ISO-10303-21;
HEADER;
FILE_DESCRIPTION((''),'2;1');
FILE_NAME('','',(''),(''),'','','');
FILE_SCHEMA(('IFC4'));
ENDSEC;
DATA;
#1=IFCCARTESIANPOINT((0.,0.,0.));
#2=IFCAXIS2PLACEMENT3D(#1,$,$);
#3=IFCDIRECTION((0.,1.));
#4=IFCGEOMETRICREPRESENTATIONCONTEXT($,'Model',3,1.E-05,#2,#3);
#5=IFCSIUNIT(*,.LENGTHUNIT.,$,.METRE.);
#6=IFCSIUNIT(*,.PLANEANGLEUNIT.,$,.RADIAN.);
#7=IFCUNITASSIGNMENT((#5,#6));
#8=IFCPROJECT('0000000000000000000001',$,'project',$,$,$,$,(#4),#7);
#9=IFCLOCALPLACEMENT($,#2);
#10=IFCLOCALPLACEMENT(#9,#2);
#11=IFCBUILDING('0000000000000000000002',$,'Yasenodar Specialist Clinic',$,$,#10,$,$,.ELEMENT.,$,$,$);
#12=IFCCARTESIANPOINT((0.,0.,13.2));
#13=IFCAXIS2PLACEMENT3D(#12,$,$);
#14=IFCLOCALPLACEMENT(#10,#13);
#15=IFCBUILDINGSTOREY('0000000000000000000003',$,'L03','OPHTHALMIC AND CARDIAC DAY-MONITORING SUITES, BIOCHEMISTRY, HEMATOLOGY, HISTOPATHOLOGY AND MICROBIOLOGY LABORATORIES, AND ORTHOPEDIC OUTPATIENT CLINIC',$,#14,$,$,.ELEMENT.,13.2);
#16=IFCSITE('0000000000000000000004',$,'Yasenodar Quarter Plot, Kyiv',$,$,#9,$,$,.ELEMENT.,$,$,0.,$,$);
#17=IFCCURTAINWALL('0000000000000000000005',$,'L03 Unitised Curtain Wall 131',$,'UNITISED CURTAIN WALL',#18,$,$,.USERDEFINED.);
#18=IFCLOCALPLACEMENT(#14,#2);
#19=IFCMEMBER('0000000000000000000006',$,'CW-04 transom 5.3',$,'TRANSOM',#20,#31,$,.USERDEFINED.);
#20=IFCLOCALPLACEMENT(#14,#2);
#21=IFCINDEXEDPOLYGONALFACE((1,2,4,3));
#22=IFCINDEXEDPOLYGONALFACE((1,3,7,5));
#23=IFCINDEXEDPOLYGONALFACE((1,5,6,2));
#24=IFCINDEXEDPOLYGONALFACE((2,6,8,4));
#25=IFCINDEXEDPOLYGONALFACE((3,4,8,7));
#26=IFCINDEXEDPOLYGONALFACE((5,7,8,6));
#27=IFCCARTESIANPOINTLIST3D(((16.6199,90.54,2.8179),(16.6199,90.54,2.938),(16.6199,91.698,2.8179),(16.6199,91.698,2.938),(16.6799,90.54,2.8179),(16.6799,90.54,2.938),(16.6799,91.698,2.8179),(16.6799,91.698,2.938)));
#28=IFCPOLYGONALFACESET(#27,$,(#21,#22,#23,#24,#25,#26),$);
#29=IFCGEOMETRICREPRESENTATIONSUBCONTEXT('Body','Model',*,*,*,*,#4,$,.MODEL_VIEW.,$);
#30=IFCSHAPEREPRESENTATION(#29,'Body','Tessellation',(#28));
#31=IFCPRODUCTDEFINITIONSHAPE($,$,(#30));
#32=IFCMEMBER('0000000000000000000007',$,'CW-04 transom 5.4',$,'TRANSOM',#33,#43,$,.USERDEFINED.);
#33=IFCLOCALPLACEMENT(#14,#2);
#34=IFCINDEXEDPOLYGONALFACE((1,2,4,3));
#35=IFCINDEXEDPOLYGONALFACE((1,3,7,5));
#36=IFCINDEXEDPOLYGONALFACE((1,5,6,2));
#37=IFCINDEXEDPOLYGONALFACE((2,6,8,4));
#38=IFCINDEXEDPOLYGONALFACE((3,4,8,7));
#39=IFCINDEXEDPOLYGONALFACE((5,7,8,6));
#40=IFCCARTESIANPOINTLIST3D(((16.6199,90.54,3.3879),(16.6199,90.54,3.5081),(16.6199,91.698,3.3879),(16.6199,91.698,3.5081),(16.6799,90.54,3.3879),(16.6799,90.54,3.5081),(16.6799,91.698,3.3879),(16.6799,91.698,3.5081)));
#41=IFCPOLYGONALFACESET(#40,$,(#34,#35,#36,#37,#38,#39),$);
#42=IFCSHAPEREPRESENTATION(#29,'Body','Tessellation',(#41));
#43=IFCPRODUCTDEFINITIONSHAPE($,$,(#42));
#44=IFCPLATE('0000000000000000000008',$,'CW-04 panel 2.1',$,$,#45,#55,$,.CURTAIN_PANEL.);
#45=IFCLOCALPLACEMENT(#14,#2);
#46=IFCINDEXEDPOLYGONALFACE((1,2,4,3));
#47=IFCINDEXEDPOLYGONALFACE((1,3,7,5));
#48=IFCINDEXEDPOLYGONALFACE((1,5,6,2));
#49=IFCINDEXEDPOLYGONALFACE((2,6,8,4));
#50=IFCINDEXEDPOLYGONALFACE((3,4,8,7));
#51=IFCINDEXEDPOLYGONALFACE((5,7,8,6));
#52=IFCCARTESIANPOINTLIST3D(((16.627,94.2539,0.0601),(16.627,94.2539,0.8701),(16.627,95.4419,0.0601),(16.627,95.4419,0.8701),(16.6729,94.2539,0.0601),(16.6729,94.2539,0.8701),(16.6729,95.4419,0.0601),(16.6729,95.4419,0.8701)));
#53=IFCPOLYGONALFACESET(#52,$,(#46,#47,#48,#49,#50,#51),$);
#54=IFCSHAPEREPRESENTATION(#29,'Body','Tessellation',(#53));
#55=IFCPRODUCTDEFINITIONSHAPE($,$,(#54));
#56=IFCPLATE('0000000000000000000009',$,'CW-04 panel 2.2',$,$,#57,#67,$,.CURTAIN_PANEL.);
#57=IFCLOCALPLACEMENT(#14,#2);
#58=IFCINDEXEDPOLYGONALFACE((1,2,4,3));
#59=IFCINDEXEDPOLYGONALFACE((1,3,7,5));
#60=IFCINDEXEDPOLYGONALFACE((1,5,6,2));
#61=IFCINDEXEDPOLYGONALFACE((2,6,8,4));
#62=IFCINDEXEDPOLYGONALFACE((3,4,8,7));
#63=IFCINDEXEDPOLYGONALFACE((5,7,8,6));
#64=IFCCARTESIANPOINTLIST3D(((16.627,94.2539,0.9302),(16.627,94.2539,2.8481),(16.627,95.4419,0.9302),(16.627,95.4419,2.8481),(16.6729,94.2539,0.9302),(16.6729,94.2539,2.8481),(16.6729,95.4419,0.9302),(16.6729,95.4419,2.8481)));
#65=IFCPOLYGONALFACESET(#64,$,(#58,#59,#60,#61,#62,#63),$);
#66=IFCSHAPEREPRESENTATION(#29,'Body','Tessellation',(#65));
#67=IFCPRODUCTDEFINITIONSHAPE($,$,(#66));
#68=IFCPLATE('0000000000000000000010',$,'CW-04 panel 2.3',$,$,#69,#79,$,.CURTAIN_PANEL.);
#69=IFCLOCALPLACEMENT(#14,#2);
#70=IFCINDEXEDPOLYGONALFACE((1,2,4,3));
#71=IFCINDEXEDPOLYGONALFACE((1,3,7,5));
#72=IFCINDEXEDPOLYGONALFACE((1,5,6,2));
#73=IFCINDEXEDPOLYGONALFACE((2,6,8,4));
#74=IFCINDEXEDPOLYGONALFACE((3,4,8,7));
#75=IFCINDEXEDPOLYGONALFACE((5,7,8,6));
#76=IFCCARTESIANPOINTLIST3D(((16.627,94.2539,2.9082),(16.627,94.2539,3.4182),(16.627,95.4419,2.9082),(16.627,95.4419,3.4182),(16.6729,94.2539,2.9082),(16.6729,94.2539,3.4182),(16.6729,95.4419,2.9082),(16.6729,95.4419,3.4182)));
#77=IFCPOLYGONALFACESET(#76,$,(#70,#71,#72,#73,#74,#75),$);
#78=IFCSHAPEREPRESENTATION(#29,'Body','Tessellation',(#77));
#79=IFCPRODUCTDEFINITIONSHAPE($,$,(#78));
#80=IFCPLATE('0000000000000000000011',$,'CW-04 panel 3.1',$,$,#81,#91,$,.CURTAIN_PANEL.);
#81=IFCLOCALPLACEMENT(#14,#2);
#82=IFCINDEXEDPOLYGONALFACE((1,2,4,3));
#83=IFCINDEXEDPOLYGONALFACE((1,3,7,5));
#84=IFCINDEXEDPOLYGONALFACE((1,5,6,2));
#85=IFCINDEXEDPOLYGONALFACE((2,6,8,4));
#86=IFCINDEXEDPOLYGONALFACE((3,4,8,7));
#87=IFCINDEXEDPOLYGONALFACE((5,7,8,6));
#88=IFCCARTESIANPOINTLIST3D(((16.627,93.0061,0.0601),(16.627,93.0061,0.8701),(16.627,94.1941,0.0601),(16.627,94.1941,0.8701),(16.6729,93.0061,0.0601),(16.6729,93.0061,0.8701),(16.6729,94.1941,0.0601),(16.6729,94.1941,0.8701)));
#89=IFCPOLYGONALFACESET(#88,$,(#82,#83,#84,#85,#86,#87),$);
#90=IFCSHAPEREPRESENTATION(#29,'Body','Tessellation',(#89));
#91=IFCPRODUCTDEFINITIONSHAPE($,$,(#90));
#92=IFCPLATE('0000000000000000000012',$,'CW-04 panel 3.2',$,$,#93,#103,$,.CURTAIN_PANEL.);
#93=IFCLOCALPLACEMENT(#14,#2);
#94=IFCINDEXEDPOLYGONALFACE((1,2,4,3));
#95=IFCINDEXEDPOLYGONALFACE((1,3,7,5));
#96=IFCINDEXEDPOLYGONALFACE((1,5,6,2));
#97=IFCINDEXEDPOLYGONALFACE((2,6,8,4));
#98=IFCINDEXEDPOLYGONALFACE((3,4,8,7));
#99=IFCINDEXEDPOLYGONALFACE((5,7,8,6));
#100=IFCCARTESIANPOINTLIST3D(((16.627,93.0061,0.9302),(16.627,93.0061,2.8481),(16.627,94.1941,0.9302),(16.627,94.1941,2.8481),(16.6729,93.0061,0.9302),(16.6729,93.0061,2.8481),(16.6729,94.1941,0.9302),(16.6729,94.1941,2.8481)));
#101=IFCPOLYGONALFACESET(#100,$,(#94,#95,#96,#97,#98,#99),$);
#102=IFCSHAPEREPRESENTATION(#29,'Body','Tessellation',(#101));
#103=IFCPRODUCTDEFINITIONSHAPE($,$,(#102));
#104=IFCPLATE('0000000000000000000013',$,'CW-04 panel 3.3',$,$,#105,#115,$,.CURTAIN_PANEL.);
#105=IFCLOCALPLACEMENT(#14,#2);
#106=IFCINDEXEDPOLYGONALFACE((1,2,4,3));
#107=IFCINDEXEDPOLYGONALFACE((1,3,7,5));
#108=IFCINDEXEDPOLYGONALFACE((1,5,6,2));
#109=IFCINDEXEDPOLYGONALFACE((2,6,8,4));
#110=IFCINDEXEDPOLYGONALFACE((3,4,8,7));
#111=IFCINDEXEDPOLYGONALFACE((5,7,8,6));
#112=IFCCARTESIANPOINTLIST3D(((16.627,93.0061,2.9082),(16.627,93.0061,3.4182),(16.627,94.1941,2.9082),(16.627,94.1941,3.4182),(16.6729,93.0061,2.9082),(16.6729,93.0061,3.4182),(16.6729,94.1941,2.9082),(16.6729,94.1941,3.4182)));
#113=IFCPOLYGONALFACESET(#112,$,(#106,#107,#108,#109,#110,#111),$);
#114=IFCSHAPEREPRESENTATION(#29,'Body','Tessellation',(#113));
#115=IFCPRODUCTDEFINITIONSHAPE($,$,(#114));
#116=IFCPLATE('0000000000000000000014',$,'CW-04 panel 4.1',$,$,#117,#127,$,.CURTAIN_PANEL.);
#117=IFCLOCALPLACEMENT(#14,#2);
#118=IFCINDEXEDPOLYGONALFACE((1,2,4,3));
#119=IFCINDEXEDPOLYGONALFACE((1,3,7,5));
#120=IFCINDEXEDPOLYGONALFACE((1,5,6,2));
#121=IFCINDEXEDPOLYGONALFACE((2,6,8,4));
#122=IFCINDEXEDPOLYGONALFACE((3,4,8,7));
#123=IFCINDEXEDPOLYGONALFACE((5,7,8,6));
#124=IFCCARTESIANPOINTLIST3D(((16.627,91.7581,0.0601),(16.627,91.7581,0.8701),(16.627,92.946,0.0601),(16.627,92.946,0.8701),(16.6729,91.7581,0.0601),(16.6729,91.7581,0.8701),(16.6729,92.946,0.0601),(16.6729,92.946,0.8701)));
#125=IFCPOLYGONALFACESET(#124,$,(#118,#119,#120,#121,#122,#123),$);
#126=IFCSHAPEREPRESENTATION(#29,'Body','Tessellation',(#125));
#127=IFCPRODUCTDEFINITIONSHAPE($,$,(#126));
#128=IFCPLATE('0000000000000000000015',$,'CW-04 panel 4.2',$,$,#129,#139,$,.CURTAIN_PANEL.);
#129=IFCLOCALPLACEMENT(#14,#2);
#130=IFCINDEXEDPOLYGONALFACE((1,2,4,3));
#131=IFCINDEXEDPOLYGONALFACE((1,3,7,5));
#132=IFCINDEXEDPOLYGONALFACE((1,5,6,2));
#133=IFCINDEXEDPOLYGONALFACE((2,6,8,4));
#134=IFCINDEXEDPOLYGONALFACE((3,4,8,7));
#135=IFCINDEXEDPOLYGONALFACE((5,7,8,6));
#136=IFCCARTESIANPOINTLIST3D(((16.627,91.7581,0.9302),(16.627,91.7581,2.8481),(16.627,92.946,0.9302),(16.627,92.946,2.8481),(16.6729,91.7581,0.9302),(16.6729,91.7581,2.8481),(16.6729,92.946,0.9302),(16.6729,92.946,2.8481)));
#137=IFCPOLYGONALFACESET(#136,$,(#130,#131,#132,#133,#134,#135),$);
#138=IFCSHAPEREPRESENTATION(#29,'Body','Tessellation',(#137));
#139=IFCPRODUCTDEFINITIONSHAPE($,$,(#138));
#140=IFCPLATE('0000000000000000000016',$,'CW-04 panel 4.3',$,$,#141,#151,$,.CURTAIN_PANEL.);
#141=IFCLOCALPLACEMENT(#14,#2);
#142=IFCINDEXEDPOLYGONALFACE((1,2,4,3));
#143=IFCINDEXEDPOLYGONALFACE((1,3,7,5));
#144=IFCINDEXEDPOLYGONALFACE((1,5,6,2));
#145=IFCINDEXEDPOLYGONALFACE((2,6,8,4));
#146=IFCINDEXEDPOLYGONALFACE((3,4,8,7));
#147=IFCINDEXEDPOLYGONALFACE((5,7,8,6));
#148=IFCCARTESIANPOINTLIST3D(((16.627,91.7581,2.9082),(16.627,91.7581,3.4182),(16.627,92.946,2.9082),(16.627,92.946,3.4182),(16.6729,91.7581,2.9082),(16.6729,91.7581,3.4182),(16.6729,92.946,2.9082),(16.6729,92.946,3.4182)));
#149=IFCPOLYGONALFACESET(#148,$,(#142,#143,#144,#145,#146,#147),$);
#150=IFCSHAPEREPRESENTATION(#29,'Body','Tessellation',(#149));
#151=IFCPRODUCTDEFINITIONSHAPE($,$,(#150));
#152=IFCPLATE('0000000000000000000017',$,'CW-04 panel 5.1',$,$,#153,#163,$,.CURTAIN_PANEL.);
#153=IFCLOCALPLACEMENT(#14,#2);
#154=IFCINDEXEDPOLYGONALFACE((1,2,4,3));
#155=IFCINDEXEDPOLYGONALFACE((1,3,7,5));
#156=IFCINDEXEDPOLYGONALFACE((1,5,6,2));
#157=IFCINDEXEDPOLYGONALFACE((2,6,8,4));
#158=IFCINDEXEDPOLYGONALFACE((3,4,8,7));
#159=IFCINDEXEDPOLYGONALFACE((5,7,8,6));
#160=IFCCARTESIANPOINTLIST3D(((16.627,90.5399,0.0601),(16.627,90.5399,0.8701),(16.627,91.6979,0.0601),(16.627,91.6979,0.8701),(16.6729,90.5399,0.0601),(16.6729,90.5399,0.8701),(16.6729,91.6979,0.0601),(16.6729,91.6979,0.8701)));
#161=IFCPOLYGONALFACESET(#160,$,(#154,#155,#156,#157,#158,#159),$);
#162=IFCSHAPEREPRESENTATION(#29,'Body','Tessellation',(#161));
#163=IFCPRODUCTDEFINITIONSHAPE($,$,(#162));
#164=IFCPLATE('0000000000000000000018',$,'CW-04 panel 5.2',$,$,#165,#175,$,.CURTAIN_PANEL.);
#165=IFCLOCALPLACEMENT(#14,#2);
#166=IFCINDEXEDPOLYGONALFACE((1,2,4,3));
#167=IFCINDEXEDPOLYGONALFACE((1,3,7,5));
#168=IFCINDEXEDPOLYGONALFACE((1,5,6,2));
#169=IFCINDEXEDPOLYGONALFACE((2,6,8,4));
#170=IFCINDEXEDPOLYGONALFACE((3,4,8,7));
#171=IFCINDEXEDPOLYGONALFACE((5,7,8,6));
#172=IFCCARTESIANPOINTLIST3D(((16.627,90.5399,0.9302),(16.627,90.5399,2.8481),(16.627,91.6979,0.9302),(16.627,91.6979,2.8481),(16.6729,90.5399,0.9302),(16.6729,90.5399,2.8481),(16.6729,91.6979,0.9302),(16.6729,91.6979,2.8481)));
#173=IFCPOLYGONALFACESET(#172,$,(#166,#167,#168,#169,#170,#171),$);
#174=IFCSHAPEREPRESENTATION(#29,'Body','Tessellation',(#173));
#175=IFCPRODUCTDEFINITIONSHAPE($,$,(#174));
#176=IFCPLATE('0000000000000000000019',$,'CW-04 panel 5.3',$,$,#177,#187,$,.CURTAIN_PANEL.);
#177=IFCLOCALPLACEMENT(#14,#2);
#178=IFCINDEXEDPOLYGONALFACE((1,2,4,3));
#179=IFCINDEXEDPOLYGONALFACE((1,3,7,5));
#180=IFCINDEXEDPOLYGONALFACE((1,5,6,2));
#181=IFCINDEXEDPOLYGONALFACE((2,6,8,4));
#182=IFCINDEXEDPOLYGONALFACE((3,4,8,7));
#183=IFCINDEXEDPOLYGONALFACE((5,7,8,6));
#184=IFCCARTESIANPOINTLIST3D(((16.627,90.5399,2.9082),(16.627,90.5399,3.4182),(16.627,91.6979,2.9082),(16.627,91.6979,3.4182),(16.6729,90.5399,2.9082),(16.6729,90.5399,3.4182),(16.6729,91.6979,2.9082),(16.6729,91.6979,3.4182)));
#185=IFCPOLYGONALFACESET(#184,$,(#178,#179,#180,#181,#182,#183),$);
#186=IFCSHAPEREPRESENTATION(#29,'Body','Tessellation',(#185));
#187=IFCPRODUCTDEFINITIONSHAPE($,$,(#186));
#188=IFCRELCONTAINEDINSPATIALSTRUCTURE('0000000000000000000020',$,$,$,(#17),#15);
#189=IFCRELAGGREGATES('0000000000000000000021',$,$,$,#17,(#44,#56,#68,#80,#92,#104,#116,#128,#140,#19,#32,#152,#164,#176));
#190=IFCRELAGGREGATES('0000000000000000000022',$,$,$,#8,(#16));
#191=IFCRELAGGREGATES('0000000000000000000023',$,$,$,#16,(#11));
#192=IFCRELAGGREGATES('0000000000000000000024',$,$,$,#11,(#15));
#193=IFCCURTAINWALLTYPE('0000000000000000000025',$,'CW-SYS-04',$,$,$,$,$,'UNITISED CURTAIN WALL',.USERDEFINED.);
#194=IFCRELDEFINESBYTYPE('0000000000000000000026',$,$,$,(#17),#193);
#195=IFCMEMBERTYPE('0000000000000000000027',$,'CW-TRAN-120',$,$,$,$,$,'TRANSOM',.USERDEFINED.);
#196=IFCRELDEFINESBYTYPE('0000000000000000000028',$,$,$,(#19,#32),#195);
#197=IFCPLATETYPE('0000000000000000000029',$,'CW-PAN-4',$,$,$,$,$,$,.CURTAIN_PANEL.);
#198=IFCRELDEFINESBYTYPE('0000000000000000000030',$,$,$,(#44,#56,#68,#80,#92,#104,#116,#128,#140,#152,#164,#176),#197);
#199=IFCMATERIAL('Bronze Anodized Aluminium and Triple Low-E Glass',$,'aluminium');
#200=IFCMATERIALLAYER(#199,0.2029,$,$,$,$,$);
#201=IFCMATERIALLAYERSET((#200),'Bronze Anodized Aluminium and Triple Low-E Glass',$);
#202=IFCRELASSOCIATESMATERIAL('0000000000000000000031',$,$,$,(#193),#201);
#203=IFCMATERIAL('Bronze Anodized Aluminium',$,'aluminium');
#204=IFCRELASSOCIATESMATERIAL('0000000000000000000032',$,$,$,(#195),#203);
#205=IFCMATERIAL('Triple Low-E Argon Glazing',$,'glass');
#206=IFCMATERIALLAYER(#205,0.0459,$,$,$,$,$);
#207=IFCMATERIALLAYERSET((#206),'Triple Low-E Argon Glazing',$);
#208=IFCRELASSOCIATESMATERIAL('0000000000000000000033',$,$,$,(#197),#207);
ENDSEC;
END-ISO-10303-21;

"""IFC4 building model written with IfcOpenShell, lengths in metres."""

from ifc_helpers import new_model, si_unit, direction, frame, origin, origin_2d, place, context, subcontext, project, spatial, rectangle, extrude, material, layer, layer_set, material_profile, profile_set, type_object, element, aggregate, save


model = new_model("IFC4")

# Units and contexts
model_context = context("Model", 3, precision=1e-05, world=origin(), true_north=direction((0.0, 1.0)))
body_context = subcontext(model_context, "Body", "Model", "MODEL_VIEW")
ifc_project = project(units=[si_unit("LENGTHUNIT", "METRE"), si_unit("PLANEANGLEUNIT", "RADIAN")], contexts=[model_context])

# Site, building, storey
site_placement = place(None, origin())
site = spatial("IfcSite", under=ifc_project, at=site_placement, Name="Yasenodar Quarter Plot, Kyiv", CompositionType="ELEMENT", RefElevation=0.0)
building_placement = place(site_placement, origin())
building = spatial("IfcBuilding", under=site, at=building_placement, Name="Yasenodar Specialist Clinic", CompositionType="ELEMENT")
storey_placement = place(building_placement, frame((0.0, 0.0, 13.2)))
storey = spatial("IfcBuildingStorey", under=building, at=storey_placement, Name="L03", Description="OPHTHALMIC AND CARDIAC DAY-MONITORING SUITES, BIOCHEMISTRY, HEMATOLOGY, HISTOPATHOLOGY AND MICROBIOLOGY LABORATORIES, AND ORTHOPEDIC OUTPATIENT CLINIC", CompositionType="ELEMENT", Elevation=13.2)

# Curtain wall
ifc_material_1 = material(Name="Bronze Anodized Aluminium and Triple Low-E Glass", Category="aluminium")
ifc_layer_1 = layer(ifc_material_1, 0.2029)
ifc_layer_set_1 = layer_set([ifc_layer_1], Name="Bronze Anodized Aluminium and Triple Low-E Glass")
curtain_wall_type = type_object("IfcCurtainWallType", Name="CW-SYS-04", ElementType="UNITISED CURTAIN WALL", PredefinedType="USERDEFINED", material=ifc_layer_set_1)
curtain_wall_1_placement = place(storey_placement, origin())
curtain_wall_1 = element("IfcCurtainWall", 1, at=curtain_wall_1_placement, inside=storey, type_object=curtain_wall_type, Name="L03 Unitised Curtain Wall 131", ObjectType="UNITISED CURTAIN WALL", PredefinedType="USERDEFINED")
ifc_material_2 = material(Name="Bronze Anodized Aluminium", Category="aluminium")

# Members
ifc_material_profile_1 = material_profile(ifc_material_2, rectangle(XDim=0.0601, YDim=0.1201, at=origin_2d()), Name="CW-TRAN 60x120")
ifc_profile_set_1 = profile_set([ifc_material_profile_1], Name="Bronze Anodized Aluminium")
member_type_1 = type_object("IfcMemberType", Name="CW-TRAN-120", ElementType="TRANSOM", PredefinedType="USERDEFINED", material=ifc_profile_set_1)
member_1_placement = place(storey_placement, frame((16.6499, 91.698, 2.8779), z_axis=(0.0, -1.0, 0.0), x_axis=(1.0, 0.0, 0.0)))
member_1 = element("IfcMember", 2, at=member_1_placement, type_object=member_type_1, Name="CW-04 transom 5.3", ObjectType="TRANSOM", PredefinedType="USERDEFINED", context=body_context, shape_type="SweptSolid", body=[
    extrude(rectangle(XDim=0.0601, YDim=0.1201, at=origin_2d()), origin(), (0.0, 0.0, 1.0), 1.158),
])
member_2_placement = place(storey_placement, frame((16.6499, 91.698, 3.448), z_axis=(0.0, -1.0, 0.0), x_axis=(1.0, 0.0, 0.0)))
member_2 = element("IfcMember", 3, at=member_2_placement, type_object=member_type_1, Name="CW-04 transom 5.4", ObjectType="TRANSOM", PredefinedType="USERDEFINED", context=body_context, shape_type="SweptSolid", body=[
    extrude(rectangle(XDim=0.0601, YDim=0.1201, at=origin_2d()), origin(), (0.0, 0.0, 1.0), 1.158),
])

# Plates
ifc_material_3 = material(Name="Triple Low-E Argon Glazing", Category="glass")
ifc_layer_2 = layer(ifc_material_3, 0.0459)
ifc_layer_set_2 = layer_set([ifc_layer_2], Name="Triple Low-E Argon Glazing")
plate_type = type_object("IfcPlateType", Name="CW-PAN-4", PredefinedType="CURTAIN_PANEL", material=ifc_layer_set_2)
plate_1_placement = place(storey_placement, frame((16.6499, 94.8479, 0.0601), z_axis=(0.0, 0.0, 1.0), x_axis=(0.0, -1.0, 0.0)))
plate_1 = element("IfcPlate", 4, at=plate_1_placement, type_object=plate_type, Name="CW-04 panel 2.1", PredefinedType="CURTAIN_PANEL", context=body_context, shape_type="SweptSolid", body=[
    extrude(rectangle(XDim=1.188, YDim=0.0459, at=origin_2d()), origin(), (0.0, 0.0, 1.0), 0.8101),
])
plate_2_placement = place(storey_placement, frame((16.6499, 94.8479, 0.9302), z_axis=(0.0, 0.0, 1.0), x_axis=(0.0, -1.0, 0.0)))
plate_2 = element("IfcPlate", 5, at=plate_2_placement, type_object=plate_type, Name="CW-04 panel 2.2", PredefinedType="CURTAIN_PANEL", context=body_context, shape_type="SweptSolid", body=[
    extrude(rectangle(XDim=1.188, YDim=0.0459, at=origin_2d()), origin(), (0.0, 0.0, 1.0), 1.918),
])
plate_3_placement = place(storey_placement, frame((16.6499, 94.8479, 2.9082), z_axis=(0.0, 0.0, 1.0), x_axis=(0.0, -1.0, 0.0)))
plate_3 = element("IfcPlate", 6, at=plate_3_placement, type_object=plate_type, Name="CW-04 panel 2.3", PredefinedType="CURTAIN_PANEL", context=body_context, shape_type="SweptSolid", body=[
    extrude(rectangle(XDim=1.188, YDim=0.0459, at=origin_2d()), origin(), (0.0, 0.0, 1.0), 0.51),
])
plate_4_placement = place(storey_placement, frame((16.6499, 93.6001, 0.0601), z_axis=(0.0, 0.0, 1.0), x_axis=(0.0, -1.0, 0.0)))
plate_4 = element("IfcPlate", 7, at=plate_4_placement, type_object=plate_type, Name="CW-04 panel 3.1", PredefinedType="CURTAIN_PANEL", context=body_context, shape_type="SweptSolid", body=[
    extrude(rectangle(XDim=1.188, YDim=0.0459, at=origin_2d()), origin(), (0.0, 0.0, 1.0), 0.8101),
])
plate_5_placement = place(storey_placement, frame((16.6499, 93.6001, 0.9302), z_axis=(0.0, 0.0, 1.0), x_axis=(0.0, -1.0, 0.0)))
plate_5 = element("IfcPlate", 8, at=plate_5_placement, type_object=plate_type, Name="CW-04 panel 3.2", PredefinedType="CURTAIN_PANEL", context=body_context, shape_type="SweptSolid", body=[
    extrude(rectangle(XDim=1.188, YDim=0.0459, at=origin_2d()), origin(), (0.0, 0.0, 1.0), 1.918),
])
plate_6_placement = place(storey_placement, frame((16.6499, 93.6001, 2.9082), z_axis=(0.0, 0.0, 1.0), x_axis=(0.0, -1.0, 0.0)))
plate_6 = element("IfcPlate", 9, at=plate_6_placement, type_object=plate_type, Name="CW-04 panel 3.3", PredefinedType="CURTAIN_PANEL", context=body_context, shape_type="SweptSolid", body=[
    extrude(rectangle(XDim=1.188, YDim=0.0459, at=origin_2d()), origin(), (0.0, 0.0, 1.0), 0.51),
])
plate_7_placement = place(storey_placement, frame((16.6499, 92.3521, 0.0601), z_axis=(0.0, 0.0, 1.0), x_axis=(0.0, -1.0, 0.0)))
plate_7 = element("IfcPlate", 10, at=plate_7_placement, type_object=plate_type, Name="CW-04 panel 4.1", PredefinedType="CURTAIN_PANEL", context=body_context, shape_type="SweptSolid", body=[
    extrude(rectangle(XDim=1.188, YDim=0.0459, at=origin_2d()), origin(), (0.0, 0.0, 1.0), 0.8101),
])
plate_8_placement = place(storey_placement, frame((16.6499, 92.3521, 0.9302), z_axis=(0.0, 0.0, 1.0), x_axis=(0.0, -1.0, 0.0)))
plate_8 = element("IfcPlate", 11, at=plate_8_placement, type_object=plate_type, Name="CW-04 panel 4.2", PredefinedType="CURTAIN_PANEL", context=body_context, shape_type="SweptSolid", body=[
    extrude(rectangle(XDim=1.188, YDim=0.0459, at=origin_2d()), origin(), (0.0, 0.0, 1.0), 1.918),
])
plate_9_placement = place(storey_placement, frame((16.6499, 92.3521, 2.9082), z_axis=(0.0, 0.0, 1.0), x_axis=(0.0, -1.0, 0.0)))
plate_9 = element("IfcPlate", 12, at=plate_9_placement, type_object=plate_type, Name="CW-04 panel 4.3", PredefinedType="CURTAIN_PANEL", context=body_context, shape_type="SweptSolid", body=[
    extrude(rectangle(XDim=1.188, YDim=0.0459, at=origin_2d()), origin(), (0.0, 0.0, 1.0), 0.51),
])
plate_10_placement = place(storey_placement, frame((16.6499, 91.1189, 0.0601), z_axis=(0.0, 0.0, 1.0), x_axis=(0.0, -1.0, 0.0)))
plate_10 = element("IfcPlate", 13, at=plate_10_placement, type_object=plate_type, Name="CW-04 panel 5.1", PredefinedType="CURTAIN_PANEL", context=body_context, shape_type="SweptSolid", body=[
    extrude(rectangle(XDim=1.158, YDim=0.0459, at=origin_2d()), origin(), (0.0, 0.0, 1.0), 0.8101),
])
plate_11_placement = place(storey_placement, frame((16.6499, 91.1189, 0.9302), z_axis=(0.0, 0.0, 1.0), x_axis=(0.0, -1.0, 0.0)))
plate_11 = element("IfcPlate", 14, at=plate_11_placement, type_object=plate_type, Name="CW-04 panel 5.2", PredefinedType="CURTAIN_PANEL", context=body_context, shape_type="SweptSolid", body=[
    extrude(rectangle(XDim=1.158, YDim=0.0459, at=origin_2d()), origin(), (0.0, 0.0, 1.0), 1.918),
])
plate_12_placement = place(storey_placement, frame((16.6499, 91.1189, 2.9082), z_axis=(0.0, 0.0, 1.0), x_axis=(0.0, -1.0, 0.0)))
plate_12 = element("IfcPlate", 15, at=plate_12_placement, type_object=plate_type, Name="CW-04 panel 5.3", PredefinedType="CURTAIN_PANEL", context=body_context, shape_type="SweptSolid", body=[
    extrude(rectangle(XDim=1.158, YDim=0.0459, at=origin_2d()), origin(), (0.0, 0.0, 1.0), 0.51),
])
aggregate(curtain_wall_1, [plate_1, plate_2, plate_3, plate_4, plate_5, plate_6, plate_7, plate_8, plate_9, member_1, member_2, plate_10, plate_11, plate_12])

save(model, "model.ifc")
